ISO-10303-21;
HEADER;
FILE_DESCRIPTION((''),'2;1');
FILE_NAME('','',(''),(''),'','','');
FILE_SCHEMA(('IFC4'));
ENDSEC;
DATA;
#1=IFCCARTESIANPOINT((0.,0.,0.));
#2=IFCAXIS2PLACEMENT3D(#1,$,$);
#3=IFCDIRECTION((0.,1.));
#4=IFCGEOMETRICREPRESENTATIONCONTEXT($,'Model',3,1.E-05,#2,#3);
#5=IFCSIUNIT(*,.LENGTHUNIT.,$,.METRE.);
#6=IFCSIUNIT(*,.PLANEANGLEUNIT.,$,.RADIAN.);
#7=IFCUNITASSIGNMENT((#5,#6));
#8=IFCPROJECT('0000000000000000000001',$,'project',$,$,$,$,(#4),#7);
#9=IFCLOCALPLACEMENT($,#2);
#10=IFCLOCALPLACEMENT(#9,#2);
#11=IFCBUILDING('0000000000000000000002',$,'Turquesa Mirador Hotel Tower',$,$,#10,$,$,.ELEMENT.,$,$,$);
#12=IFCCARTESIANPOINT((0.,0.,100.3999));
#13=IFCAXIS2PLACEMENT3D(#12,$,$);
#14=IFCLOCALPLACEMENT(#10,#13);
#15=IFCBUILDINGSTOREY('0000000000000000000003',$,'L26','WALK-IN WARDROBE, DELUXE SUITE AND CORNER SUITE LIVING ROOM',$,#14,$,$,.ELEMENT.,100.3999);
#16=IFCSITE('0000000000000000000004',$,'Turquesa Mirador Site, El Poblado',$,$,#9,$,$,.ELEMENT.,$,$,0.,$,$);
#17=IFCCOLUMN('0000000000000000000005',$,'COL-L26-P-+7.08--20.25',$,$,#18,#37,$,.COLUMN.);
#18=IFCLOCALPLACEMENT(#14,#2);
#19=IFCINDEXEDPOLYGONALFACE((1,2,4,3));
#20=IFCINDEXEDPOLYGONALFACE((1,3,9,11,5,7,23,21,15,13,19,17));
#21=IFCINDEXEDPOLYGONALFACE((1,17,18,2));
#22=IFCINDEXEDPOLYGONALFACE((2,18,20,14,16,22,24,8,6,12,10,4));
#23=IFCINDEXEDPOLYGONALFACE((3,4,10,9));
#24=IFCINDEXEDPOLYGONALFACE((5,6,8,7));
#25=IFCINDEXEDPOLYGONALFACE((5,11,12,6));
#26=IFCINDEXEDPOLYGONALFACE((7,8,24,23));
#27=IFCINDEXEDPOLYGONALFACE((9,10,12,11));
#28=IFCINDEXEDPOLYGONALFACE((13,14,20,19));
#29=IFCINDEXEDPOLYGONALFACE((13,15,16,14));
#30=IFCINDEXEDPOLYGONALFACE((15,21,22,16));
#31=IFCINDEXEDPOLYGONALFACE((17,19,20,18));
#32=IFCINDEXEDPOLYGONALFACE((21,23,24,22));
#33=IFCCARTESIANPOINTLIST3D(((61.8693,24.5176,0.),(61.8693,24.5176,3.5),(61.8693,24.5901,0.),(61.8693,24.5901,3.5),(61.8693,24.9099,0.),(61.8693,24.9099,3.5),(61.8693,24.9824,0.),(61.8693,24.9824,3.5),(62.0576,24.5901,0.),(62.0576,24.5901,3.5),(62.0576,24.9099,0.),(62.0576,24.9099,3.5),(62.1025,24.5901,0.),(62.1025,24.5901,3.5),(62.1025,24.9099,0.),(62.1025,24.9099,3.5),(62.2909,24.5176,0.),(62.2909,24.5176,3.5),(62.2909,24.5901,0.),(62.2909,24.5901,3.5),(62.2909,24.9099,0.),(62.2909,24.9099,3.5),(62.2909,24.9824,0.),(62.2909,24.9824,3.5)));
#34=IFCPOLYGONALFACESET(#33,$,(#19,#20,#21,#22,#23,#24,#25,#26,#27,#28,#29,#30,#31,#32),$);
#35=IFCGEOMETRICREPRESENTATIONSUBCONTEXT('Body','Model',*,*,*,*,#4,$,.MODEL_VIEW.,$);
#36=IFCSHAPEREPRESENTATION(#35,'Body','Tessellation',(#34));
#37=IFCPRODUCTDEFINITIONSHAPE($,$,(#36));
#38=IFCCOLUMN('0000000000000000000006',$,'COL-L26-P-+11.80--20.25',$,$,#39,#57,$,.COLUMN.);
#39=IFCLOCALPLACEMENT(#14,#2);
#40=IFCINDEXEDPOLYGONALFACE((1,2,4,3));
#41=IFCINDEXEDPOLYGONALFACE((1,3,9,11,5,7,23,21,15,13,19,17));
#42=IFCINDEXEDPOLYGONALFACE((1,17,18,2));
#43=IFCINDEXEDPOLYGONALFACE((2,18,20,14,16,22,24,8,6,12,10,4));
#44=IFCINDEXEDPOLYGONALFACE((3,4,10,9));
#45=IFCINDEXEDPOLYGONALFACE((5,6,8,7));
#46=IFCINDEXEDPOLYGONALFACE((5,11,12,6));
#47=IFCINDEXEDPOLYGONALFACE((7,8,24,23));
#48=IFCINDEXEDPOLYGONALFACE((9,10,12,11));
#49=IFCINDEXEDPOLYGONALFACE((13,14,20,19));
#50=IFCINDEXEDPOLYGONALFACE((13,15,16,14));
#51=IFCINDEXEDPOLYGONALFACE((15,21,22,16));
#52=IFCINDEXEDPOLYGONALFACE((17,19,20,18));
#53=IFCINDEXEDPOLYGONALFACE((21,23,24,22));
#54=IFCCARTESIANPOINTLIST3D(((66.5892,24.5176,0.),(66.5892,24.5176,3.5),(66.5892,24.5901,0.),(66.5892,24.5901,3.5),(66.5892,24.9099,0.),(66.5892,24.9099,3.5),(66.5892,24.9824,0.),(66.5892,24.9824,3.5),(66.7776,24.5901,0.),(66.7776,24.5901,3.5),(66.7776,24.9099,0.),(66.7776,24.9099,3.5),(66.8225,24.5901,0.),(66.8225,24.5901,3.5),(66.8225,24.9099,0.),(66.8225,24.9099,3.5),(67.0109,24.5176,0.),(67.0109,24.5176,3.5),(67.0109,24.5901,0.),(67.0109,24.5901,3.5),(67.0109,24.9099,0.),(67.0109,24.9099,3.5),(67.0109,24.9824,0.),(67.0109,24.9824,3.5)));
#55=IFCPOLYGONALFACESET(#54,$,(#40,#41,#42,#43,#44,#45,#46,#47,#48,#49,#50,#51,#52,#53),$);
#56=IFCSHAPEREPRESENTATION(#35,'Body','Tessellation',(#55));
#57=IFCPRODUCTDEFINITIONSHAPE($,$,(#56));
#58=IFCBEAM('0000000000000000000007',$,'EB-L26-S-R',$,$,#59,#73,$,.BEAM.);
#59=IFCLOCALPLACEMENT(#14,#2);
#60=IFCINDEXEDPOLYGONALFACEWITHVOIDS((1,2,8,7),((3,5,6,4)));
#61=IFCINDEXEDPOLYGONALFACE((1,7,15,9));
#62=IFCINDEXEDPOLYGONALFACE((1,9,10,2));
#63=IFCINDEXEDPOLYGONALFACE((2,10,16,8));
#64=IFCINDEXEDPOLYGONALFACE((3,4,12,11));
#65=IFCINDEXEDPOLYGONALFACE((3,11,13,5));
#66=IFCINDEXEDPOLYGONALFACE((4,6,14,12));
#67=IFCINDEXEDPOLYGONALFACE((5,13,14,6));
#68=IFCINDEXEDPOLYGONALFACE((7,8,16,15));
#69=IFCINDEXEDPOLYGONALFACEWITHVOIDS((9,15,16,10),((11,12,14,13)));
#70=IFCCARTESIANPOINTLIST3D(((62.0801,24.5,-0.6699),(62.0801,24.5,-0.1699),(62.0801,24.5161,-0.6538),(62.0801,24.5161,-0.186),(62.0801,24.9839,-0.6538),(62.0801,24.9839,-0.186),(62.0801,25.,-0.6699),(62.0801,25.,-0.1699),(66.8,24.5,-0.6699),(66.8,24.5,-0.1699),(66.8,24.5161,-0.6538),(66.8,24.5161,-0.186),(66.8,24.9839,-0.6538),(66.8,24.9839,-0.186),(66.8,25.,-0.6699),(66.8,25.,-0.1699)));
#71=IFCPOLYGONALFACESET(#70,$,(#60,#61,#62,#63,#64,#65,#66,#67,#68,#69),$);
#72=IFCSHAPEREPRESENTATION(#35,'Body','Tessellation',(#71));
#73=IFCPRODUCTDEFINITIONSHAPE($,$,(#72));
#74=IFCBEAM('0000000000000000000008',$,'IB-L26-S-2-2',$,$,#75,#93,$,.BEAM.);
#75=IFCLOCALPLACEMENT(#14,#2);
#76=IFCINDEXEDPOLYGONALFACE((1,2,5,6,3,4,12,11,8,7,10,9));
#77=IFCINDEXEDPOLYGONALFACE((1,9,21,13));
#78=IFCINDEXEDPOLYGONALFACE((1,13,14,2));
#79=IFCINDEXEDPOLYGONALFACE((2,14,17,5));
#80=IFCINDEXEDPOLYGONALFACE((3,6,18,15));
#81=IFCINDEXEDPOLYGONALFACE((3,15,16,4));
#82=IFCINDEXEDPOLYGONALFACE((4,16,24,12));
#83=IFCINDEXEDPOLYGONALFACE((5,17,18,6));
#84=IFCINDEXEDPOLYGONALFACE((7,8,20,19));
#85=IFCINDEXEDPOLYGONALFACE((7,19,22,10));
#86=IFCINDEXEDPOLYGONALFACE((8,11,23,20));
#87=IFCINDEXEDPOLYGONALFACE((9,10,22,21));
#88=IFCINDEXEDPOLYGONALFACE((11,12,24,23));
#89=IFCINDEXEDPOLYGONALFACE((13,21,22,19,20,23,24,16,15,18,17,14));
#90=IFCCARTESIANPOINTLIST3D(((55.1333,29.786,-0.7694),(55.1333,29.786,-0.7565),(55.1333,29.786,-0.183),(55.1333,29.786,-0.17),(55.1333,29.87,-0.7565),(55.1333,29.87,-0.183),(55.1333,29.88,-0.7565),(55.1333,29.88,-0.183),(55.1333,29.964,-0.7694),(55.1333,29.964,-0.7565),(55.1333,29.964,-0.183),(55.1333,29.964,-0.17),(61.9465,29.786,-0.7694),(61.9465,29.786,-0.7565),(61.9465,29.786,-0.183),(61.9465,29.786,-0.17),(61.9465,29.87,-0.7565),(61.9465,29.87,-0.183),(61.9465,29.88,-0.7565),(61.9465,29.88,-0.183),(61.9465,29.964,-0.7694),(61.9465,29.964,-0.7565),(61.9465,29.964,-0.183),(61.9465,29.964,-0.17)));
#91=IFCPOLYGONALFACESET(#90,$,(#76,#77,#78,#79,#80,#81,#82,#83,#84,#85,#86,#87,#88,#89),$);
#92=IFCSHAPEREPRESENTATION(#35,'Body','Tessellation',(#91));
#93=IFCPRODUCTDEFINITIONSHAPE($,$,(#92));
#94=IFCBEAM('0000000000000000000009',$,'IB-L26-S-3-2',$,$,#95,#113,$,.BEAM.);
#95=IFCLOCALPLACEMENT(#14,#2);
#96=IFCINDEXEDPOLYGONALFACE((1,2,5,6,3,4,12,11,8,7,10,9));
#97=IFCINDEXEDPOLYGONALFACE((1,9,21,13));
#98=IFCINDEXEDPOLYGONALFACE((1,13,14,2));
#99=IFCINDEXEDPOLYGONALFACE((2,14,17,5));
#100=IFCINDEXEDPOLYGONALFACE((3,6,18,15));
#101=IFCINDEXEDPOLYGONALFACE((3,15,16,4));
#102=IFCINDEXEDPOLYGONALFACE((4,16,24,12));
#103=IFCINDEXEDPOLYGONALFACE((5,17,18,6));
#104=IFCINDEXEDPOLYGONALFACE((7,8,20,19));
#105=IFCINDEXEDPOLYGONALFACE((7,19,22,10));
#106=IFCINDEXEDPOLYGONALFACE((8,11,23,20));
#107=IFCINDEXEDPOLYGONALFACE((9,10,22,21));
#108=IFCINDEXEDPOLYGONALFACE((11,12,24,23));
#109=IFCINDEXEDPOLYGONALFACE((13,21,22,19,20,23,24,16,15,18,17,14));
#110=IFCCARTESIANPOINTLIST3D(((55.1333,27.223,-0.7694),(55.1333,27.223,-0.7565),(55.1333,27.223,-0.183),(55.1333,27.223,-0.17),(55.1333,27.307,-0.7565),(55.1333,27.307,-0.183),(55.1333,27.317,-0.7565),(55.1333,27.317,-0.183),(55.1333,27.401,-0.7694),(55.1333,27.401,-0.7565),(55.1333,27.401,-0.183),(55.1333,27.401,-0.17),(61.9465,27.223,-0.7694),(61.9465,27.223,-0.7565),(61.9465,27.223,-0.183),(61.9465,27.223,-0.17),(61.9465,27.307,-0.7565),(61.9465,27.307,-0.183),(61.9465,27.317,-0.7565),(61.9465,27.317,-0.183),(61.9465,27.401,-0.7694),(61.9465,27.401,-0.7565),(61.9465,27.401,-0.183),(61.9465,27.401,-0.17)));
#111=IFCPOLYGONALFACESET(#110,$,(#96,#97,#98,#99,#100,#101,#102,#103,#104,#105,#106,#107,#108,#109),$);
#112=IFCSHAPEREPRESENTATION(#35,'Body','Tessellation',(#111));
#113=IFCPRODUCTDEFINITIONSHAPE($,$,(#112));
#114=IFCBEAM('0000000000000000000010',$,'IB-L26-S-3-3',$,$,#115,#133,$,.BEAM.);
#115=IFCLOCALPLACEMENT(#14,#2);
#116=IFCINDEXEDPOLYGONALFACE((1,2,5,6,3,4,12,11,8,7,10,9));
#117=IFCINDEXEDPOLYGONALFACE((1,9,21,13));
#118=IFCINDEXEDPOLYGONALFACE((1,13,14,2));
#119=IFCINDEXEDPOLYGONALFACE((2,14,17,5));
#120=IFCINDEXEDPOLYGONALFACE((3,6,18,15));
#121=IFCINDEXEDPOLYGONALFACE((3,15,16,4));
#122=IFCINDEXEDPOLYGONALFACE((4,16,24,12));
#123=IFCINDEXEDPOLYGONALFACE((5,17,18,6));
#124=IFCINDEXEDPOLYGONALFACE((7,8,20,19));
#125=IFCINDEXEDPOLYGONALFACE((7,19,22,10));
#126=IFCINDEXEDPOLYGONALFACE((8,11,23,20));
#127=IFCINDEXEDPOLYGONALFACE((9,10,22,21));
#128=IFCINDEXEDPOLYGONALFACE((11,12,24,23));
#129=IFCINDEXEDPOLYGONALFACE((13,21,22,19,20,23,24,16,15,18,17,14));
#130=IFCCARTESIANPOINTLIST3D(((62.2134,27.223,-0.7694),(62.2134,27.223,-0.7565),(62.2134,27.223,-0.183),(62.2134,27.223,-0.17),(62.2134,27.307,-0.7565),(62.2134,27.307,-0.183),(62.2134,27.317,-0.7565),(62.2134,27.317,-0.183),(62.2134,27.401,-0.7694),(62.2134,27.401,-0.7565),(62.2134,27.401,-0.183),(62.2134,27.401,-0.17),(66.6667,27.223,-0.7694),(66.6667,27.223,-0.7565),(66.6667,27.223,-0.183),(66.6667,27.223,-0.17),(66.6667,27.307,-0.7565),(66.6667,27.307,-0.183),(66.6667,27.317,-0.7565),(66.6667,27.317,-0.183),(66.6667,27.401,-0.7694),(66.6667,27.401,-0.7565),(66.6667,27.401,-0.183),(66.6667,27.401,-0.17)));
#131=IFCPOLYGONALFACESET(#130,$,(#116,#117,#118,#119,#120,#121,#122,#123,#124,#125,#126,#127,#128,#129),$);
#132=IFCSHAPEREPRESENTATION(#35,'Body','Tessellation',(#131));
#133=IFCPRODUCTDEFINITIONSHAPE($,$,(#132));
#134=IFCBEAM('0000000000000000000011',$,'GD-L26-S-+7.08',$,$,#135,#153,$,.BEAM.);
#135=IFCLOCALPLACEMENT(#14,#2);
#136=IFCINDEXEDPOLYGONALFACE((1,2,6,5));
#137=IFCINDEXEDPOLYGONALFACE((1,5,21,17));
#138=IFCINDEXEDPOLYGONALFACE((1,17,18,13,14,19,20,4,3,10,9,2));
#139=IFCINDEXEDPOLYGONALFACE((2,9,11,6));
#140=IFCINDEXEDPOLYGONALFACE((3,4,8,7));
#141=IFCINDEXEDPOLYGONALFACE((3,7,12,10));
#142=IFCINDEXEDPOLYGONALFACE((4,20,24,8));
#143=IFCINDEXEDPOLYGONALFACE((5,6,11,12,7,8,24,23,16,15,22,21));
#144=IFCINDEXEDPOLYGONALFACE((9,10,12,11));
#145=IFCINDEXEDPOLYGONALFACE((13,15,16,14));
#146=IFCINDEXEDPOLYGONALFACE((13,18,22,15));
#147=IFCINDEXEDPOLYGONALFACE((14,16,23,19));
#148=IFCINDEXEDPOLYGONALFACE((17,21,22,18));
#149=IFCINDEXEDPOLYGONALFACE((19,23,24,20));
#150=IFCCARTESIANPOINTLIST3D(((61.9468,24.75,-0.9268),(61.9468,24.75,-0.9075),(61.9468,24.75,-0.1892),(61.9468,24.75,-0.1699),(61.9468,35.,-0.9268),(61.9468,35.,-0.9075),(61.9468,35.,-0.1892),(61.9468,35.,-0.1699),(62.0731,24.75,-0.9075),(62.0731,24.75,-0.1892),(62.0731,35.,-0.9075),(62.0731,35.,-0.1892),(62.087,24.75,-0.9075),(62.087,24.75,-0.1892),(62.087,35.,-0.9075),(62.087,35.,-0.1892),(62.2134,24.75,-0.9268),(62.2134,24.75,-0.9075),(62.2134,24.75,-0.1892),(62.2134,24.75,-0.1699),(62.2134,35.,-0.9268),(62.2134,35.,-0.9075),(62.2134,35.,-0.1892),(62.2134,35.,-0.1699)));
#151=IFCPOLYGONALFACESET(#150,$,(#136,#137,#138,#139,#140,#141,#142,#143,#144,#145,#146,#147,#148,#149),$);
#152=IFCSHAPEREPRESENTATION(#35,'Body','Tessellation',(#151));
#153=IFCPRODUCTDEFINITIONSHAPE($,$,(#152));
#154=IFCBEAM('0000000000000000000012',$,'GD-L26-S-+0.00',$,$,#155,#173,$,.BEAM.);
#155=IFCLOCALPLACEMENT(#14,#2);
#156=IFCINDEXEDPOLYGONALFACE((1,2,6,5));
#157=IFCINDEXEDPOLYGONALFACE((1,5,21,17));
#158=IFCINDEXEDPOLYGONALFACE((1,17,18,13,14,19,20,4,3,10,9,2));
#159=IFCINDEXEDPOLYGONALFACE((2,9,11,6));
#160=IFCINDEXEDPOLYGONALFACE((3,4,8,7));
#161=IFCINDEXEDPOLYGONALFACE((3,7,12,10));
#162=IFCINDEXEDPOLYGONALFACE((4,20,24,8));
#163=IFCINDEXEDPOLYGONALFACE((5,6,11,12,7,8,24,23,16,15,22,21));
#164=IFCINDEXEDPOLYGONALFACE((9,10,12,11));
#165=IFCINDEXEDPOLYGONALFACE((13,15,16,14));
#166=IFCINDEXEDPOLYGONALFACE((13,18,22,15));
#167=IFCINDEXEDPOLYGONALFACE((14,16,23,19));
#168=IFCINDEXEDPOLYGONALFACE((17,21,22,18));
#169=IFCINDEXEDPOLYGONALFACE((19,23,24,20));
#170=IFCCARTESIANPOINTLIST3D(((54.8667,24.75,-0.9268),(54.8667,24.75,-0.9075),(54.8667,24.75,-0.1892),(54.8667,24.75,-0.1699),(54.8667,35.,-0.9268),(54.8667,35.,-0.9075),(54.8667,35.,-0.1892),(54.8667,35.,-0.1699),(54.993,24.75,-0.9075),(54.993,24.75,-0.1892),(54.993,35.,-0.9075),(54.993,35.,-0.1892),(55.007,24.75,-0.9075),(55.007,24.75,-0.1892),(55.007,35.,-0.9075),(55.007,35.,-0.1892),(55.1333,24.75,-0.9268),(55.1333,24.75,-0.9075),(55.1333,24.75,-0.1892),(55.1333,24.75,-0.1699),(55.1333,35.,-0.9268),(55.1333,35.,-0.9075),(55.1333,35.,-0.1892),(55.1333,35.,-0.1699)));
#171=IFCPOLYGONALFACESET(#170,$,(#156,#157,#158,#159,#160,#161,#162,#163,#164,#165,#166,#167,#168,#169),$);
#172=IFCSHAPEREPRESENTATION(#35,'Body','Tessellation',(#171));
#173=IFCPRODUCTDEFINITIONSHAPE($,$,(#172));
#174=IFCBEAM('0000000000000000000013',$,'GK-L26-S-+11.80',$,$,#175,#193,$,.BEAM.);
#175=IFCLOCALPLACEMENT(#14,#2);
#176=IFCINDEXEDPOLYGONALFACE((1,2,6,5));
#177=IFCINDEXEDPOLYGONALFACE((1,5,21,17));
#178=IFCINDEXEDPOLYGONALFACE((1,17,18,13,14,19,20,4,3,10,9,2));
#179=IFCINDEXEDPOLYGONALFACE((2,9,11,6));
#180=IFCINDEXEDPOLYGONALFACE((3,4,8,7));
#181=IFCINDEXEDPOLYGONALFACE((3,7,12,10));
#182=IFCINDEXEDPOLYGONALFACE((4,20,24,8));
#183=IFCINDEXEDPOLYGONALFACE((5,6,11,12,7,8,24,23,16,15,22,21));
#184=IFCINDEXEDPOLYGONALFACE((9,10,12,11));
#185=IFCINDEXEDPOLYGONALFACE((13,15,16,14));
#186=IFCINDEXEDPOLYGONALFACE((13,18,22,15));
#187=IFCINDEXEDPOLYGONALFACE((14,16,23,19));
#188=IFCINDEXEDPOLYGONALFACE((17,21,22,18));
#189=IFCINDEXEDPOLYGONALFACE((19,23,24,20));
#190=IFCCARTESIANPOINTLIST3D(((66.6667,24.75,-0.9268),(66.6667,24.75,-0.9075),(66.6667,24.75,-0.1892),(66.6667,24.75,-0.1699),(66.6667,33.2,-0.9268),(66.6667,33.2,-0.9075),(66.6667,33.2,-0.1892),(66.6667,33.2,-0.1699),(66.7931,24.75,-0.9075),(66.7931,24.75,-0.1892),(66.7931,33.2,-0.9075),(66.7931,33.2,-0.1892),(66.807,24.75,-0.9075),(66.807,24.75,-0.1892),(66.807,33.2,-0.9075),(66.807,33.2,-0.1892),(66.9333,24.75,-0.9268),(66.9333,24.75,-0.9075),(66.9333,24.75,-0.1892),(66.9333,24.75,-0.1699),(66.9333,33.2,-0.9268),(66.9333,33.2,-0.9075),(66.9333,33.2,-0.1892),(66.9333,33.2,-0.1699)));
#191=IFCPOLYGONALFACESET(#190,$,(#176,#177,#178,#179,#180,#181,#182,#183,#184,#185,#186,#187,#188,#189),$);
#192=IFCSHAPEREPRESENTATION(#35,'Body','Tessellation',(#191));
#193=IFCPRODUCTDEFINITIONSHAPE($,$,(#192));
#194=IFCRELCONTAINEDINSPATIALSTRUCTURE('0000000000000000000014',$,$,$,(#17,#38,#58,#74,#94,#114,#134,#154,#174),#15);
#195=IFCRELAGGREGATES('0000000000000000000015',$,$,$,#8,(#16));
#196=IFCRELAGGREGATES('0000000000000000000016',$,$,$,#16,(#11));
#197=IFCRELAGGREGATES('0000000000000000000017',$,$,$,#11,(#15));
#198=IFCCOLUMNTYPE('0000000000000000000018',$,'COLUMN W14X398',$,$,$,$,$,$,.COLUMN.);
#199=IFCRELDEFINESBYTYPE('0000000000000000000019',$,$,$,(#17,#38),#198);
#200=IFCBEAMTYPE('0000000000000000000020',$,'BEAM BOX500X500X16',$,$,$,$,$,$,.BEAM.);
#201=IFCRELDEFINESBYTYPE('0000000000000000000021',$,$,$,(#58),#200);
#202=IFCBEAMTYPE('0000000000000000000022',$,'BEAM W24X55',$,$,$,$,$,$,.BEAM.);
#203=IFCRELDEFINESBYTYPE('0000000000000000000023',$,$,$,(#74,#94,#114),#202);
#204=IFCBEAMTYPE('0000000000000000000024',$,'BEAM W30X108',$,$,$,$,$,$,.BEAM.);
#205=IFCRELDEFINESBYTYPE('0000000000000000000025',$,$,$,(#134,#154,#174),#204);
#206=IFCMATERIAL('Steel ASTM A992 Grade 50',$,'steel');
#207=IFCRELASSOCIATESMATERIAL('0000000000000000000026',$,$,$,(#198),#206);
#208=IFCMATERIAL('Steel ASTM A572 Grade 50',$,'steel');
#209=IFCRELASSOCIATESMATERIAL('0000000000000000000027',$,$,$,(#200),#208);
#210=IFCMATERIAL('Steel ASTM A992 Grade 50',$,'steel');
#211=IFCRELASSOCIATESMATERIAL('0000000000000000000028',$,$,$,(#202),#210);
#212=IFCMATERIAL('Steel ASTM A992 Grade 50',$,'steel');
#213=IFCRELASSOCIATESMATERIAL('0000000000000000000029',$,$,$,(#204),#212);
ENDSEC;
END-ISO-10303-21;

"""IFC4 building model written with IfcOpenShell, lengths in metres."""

from ifc_helpers import new_model, si_unit, direction, frame, origin, origin_2d, place, context, subcontext, project, spatial, hollow_rectangle, i_section, extrude, material, material_profile, profile_set, type_object, element, save


model = new_model("IFC4")

# Units and contexts
model_context = context("Model", 3, precision=1e-05, world=origin(), true_north=direction((0.0, 1.0)))
body_context = subcontext(model_context, "Body", "Model", "MODEL_VIEW")
ifc_project = project(units=[si_unit("LENGTHUNIT", "METRE"), si_unit("PLANEANGLEUNIT", "RADIAN")], contexts=[model_context])

# Site, building, storey
site_placement = place(None, origin())
site = spatial("IfcSite", under=ifc_project, at=site_placement, Name="Turquesa Mirador Site, El Poblado", CompositionType="ELEMENT", RefElevation=0.0)
building_placement = place(site_placement, origin())
building = spatial("IfcBuilding", under=site, at=building_placement, Name="Turquesa Mirador Hotel Tower", CompositionType="ELEMENT")
storey_placement = place(building_placement, frame((0.0, 0.0, 100.3999)))
storey = spatial("IfcBuildingStorey", under=building, at=storey_placement, Name="L26", Description="WALK-IN WARDROBE, DELUXE SUITE AND CORNER SUITE LIVING ROOM", CompositionType="ELEMENT", Elevation=100.3999)

# Columns
ifc_material_1 = material(Name="Steel ASTM A992 Grade 50", Category="steel")
ifc_material_profile_1 = material_profile(ifc_material_1, i_section(OverallWidth=0.4216, OverallDepth=0.4648, WebThickness=0.0449, FlangeThickness=0.0725, at=origin_2d()), Name="W14X398")
ifc_profile_set_1 = profile_set([ifc_material_profile_1], Name="Steel ASTM A992 Grade 50")
column_type = type_object("IfcColumnType", Name="COLUMN W14X398", PredefinedType="COLUMN", material=ifc_profile_set_1)
for number, where, z_axis, x_axis, name in (
    (1, (62.0801, 24.75, 0.0), (0.0, 0.0, 1.0), (1.0, 0.0, 0.0), "COL-L26-P-+7.08--20.25"),
    (2, (66.8, 24.75, 0.0), (0.0, 0.0, 1.0), (1.0, 0.0, 0.0), "COL-L26-P-+11.80--20.25"),
):
    element("IfcColumn", number, at=place(storey_placement, frame(where, z_axis=z_axis, x_axis=x_axis)), inside=storey, type_object=column_type, Name=name, PredefinedType="COLUMN", context=body_context, shape_type="SweptSolid", body=[
        extrude(i_section(OverallWidth=0.4216, OverallDepth=0.4648, WebThickness=0.0449, FlangeThickness=0.0725, at=origin_2d()), origin(), (0.0, 0.0, 1.0), 3.5),
    ])

# Beams
ifc_material_2 = material(Name="Steel ASTM A572 Grade 50", Category="steel")
ifc_material_profile_2 = material_profile(ifc_material_2, hollow_rectangle(XDim=0.5, YDim=0.5, WallThickness=0.0161, at=origin_2d()), Name="BOX500X500X16")
ifc_profile_set_2 = profile_set([ifc_material_profile_2], Name="Steel ASTM A572 Grade 50")
beam_type_1 = type_object("IfcBeamType", Name="BEAM BOX500X500X16", PredefinedType="BEAM", material=ifc_profile_set_2)
beam_1_placement = place(storey_placement, frame((62.0801, 24.75, -0.4199), z_axis=(1.0, 0.0, 0.0), x_axis=(0.0, 1.0, 0.0)))
element("IfcBeam", 3, at=beam_1_placement, inside=storey, type_object=beam_type_1, Name="EB-L26-S-R", PredefinedType="BEAM", context=body_context, shape_type="SweptSolid", body=[
    extrude(hollow_rectangle(XDim=0.5, YDim=0.5, WallThickness=0.0161, at=origin_2d()), origin(), (0.0, 0.0, 1.0), 4.72),
])
ifc_material_3 = material(Name="Steel ASTM A992 Grade 50", Category="steel")
ifc_material_profile_3 = material_profile(ifc_material_3, i_section(OverallWidth=0.178, OverallDepth=0.5994, WebThickness=0.01, FlangeThickness=0.0129, at=origin_2d()), Name="W24X55")
ifc_profile_set_3 = profile_set([ifc_material_profile_3], Name="Steel ASTM A992 Grade 50")
beam_type_2 = type_object("IfcBeamType", Name="BEAM W24X55", PredefinedType="BEAM", material=ifc_profile_set_3)
for number, where, z_axis, x_axis, name in (
    (4, (55.1333, 29.875, -0.4697), (1.0, 0.0, 0.0), (0.0, 1.0, 0.0), "IB-L26-S-2-2"),
    (5, (55.1333, 27.312, -0.4697), (1.0, 0.0, 0.0), (0.0, 1.0, 0.0), "IB-L26-S-3-2"),
):
    element("IfcBeam", number, at=place(storey_placement, frame(where, z_axis=z_axis, x_axis=x_axis)), inside=storey, type_object=beam_type_2, Name=name, PredefinedType="BEAM", context=body_context, shape_type="SweptSolid", body=[
        extrude(i_section(OverallWidth=0.178, OverallDepth=0.5994, WebThickness=0.01, FlangeThickness=0.0129, at=origin_2d()), origin(), (0.0, 0.0, 1.0), 6.8132),
    ])
beam_2_placement = place(storey_placement, frame((62.2134, 27.312, -0.4697), z_axis=(1.0, 0.0, 0.0), x_axis=(0.0, 1.0, 0.0)))
element("IfcBeam", 6, at=beam_2_placement, inside=storey, type_object=beam_type_2, Name="IB-L26-S-3-3", PredefinedType="BEAM", context=body_context, shape_type="SweptSolid", body=[
    extrude(i_section(OverallWidth=0.178, OverallDepth=0.5994, WebThickness=0.01, FlangeThickness=0.0129, at=origin_2d()), origin(), (0.0, 0.0, 1.0), 4.4534),
])
ifc_material_4 = material(Name="Steel ASTM A992 Grade 50", Category="steel")
ifc_material_profile_4 = material_profile(ifc_material_4, i_section(OverallWidth=0.2666, OverallDepth=0.7568, WebThickness=0.0139, FlangeThickness=0.0193, at=origin_2d()), Name="W30X108")
ifc_profile_set_4 = profile_set([ifc_material_profile_4], Name="Steel ASTM A992 Grade 50")
beam_type_3 = type_object("IfcBeamType", Name="BEAM W30X108", PredefinedType="BEAM", material=ifc_profile_set_4)
for number, where, z_axis, x_axis, name in (
    (7, (62.0801, 24.75, -0.5483), (0.0, 1.0, 0.0), (-1.0, 0.0, 0.0), "GD-L26-S-+7.08"),
    (8, (55.0, 24.75, -0.5483), (0.0, 1.0, 0.0), (-1.0, 0.0, 0.0), "GD-L26-S-+0.00"),
):
    element("IfcBeam", number, at=place(storey_placement, frame(where, z_axis=z_axis, x_axis=x_axis)), inside=storey, type_object=beam_type_3, Name=name, PredefinedType="BEAM", context=body_context, shape_type="SweptSolid", body=[
        extrude(i_section(OverallWidth=0.2666, OverallDepth=0.7568, WebThickness=0.0139, FlangeThickness=0.0193, at=origin_2d()), origin(), (0.0, 0.0, 1.0), 10.25),
    ])
beam_3_placement = place(storey_placement, frame((66.8, 24.75, -0.5483), z_axis=(0.0, 1.0, 0.0), x_axis=(-1.0, 0.0, 0.0)))
element("IfcBeam", 9, at=beam_3_placement, inside=storey, type_object=beam_type_3, Name="GK-L26-S-+11.80", PredefinedType="BEAM", context=body_context, shape_type="SweptSolid", body=[
    extrude(i_section(OverallWidth=0.2666, OverallDepth=0.7568, WebThickness=0.0139, FlangeThickness=0.0193, at=origin_2d()), origin(), (0.0, 0.0, 1.0), 8.45),
])

save(model, "model.ifc")
